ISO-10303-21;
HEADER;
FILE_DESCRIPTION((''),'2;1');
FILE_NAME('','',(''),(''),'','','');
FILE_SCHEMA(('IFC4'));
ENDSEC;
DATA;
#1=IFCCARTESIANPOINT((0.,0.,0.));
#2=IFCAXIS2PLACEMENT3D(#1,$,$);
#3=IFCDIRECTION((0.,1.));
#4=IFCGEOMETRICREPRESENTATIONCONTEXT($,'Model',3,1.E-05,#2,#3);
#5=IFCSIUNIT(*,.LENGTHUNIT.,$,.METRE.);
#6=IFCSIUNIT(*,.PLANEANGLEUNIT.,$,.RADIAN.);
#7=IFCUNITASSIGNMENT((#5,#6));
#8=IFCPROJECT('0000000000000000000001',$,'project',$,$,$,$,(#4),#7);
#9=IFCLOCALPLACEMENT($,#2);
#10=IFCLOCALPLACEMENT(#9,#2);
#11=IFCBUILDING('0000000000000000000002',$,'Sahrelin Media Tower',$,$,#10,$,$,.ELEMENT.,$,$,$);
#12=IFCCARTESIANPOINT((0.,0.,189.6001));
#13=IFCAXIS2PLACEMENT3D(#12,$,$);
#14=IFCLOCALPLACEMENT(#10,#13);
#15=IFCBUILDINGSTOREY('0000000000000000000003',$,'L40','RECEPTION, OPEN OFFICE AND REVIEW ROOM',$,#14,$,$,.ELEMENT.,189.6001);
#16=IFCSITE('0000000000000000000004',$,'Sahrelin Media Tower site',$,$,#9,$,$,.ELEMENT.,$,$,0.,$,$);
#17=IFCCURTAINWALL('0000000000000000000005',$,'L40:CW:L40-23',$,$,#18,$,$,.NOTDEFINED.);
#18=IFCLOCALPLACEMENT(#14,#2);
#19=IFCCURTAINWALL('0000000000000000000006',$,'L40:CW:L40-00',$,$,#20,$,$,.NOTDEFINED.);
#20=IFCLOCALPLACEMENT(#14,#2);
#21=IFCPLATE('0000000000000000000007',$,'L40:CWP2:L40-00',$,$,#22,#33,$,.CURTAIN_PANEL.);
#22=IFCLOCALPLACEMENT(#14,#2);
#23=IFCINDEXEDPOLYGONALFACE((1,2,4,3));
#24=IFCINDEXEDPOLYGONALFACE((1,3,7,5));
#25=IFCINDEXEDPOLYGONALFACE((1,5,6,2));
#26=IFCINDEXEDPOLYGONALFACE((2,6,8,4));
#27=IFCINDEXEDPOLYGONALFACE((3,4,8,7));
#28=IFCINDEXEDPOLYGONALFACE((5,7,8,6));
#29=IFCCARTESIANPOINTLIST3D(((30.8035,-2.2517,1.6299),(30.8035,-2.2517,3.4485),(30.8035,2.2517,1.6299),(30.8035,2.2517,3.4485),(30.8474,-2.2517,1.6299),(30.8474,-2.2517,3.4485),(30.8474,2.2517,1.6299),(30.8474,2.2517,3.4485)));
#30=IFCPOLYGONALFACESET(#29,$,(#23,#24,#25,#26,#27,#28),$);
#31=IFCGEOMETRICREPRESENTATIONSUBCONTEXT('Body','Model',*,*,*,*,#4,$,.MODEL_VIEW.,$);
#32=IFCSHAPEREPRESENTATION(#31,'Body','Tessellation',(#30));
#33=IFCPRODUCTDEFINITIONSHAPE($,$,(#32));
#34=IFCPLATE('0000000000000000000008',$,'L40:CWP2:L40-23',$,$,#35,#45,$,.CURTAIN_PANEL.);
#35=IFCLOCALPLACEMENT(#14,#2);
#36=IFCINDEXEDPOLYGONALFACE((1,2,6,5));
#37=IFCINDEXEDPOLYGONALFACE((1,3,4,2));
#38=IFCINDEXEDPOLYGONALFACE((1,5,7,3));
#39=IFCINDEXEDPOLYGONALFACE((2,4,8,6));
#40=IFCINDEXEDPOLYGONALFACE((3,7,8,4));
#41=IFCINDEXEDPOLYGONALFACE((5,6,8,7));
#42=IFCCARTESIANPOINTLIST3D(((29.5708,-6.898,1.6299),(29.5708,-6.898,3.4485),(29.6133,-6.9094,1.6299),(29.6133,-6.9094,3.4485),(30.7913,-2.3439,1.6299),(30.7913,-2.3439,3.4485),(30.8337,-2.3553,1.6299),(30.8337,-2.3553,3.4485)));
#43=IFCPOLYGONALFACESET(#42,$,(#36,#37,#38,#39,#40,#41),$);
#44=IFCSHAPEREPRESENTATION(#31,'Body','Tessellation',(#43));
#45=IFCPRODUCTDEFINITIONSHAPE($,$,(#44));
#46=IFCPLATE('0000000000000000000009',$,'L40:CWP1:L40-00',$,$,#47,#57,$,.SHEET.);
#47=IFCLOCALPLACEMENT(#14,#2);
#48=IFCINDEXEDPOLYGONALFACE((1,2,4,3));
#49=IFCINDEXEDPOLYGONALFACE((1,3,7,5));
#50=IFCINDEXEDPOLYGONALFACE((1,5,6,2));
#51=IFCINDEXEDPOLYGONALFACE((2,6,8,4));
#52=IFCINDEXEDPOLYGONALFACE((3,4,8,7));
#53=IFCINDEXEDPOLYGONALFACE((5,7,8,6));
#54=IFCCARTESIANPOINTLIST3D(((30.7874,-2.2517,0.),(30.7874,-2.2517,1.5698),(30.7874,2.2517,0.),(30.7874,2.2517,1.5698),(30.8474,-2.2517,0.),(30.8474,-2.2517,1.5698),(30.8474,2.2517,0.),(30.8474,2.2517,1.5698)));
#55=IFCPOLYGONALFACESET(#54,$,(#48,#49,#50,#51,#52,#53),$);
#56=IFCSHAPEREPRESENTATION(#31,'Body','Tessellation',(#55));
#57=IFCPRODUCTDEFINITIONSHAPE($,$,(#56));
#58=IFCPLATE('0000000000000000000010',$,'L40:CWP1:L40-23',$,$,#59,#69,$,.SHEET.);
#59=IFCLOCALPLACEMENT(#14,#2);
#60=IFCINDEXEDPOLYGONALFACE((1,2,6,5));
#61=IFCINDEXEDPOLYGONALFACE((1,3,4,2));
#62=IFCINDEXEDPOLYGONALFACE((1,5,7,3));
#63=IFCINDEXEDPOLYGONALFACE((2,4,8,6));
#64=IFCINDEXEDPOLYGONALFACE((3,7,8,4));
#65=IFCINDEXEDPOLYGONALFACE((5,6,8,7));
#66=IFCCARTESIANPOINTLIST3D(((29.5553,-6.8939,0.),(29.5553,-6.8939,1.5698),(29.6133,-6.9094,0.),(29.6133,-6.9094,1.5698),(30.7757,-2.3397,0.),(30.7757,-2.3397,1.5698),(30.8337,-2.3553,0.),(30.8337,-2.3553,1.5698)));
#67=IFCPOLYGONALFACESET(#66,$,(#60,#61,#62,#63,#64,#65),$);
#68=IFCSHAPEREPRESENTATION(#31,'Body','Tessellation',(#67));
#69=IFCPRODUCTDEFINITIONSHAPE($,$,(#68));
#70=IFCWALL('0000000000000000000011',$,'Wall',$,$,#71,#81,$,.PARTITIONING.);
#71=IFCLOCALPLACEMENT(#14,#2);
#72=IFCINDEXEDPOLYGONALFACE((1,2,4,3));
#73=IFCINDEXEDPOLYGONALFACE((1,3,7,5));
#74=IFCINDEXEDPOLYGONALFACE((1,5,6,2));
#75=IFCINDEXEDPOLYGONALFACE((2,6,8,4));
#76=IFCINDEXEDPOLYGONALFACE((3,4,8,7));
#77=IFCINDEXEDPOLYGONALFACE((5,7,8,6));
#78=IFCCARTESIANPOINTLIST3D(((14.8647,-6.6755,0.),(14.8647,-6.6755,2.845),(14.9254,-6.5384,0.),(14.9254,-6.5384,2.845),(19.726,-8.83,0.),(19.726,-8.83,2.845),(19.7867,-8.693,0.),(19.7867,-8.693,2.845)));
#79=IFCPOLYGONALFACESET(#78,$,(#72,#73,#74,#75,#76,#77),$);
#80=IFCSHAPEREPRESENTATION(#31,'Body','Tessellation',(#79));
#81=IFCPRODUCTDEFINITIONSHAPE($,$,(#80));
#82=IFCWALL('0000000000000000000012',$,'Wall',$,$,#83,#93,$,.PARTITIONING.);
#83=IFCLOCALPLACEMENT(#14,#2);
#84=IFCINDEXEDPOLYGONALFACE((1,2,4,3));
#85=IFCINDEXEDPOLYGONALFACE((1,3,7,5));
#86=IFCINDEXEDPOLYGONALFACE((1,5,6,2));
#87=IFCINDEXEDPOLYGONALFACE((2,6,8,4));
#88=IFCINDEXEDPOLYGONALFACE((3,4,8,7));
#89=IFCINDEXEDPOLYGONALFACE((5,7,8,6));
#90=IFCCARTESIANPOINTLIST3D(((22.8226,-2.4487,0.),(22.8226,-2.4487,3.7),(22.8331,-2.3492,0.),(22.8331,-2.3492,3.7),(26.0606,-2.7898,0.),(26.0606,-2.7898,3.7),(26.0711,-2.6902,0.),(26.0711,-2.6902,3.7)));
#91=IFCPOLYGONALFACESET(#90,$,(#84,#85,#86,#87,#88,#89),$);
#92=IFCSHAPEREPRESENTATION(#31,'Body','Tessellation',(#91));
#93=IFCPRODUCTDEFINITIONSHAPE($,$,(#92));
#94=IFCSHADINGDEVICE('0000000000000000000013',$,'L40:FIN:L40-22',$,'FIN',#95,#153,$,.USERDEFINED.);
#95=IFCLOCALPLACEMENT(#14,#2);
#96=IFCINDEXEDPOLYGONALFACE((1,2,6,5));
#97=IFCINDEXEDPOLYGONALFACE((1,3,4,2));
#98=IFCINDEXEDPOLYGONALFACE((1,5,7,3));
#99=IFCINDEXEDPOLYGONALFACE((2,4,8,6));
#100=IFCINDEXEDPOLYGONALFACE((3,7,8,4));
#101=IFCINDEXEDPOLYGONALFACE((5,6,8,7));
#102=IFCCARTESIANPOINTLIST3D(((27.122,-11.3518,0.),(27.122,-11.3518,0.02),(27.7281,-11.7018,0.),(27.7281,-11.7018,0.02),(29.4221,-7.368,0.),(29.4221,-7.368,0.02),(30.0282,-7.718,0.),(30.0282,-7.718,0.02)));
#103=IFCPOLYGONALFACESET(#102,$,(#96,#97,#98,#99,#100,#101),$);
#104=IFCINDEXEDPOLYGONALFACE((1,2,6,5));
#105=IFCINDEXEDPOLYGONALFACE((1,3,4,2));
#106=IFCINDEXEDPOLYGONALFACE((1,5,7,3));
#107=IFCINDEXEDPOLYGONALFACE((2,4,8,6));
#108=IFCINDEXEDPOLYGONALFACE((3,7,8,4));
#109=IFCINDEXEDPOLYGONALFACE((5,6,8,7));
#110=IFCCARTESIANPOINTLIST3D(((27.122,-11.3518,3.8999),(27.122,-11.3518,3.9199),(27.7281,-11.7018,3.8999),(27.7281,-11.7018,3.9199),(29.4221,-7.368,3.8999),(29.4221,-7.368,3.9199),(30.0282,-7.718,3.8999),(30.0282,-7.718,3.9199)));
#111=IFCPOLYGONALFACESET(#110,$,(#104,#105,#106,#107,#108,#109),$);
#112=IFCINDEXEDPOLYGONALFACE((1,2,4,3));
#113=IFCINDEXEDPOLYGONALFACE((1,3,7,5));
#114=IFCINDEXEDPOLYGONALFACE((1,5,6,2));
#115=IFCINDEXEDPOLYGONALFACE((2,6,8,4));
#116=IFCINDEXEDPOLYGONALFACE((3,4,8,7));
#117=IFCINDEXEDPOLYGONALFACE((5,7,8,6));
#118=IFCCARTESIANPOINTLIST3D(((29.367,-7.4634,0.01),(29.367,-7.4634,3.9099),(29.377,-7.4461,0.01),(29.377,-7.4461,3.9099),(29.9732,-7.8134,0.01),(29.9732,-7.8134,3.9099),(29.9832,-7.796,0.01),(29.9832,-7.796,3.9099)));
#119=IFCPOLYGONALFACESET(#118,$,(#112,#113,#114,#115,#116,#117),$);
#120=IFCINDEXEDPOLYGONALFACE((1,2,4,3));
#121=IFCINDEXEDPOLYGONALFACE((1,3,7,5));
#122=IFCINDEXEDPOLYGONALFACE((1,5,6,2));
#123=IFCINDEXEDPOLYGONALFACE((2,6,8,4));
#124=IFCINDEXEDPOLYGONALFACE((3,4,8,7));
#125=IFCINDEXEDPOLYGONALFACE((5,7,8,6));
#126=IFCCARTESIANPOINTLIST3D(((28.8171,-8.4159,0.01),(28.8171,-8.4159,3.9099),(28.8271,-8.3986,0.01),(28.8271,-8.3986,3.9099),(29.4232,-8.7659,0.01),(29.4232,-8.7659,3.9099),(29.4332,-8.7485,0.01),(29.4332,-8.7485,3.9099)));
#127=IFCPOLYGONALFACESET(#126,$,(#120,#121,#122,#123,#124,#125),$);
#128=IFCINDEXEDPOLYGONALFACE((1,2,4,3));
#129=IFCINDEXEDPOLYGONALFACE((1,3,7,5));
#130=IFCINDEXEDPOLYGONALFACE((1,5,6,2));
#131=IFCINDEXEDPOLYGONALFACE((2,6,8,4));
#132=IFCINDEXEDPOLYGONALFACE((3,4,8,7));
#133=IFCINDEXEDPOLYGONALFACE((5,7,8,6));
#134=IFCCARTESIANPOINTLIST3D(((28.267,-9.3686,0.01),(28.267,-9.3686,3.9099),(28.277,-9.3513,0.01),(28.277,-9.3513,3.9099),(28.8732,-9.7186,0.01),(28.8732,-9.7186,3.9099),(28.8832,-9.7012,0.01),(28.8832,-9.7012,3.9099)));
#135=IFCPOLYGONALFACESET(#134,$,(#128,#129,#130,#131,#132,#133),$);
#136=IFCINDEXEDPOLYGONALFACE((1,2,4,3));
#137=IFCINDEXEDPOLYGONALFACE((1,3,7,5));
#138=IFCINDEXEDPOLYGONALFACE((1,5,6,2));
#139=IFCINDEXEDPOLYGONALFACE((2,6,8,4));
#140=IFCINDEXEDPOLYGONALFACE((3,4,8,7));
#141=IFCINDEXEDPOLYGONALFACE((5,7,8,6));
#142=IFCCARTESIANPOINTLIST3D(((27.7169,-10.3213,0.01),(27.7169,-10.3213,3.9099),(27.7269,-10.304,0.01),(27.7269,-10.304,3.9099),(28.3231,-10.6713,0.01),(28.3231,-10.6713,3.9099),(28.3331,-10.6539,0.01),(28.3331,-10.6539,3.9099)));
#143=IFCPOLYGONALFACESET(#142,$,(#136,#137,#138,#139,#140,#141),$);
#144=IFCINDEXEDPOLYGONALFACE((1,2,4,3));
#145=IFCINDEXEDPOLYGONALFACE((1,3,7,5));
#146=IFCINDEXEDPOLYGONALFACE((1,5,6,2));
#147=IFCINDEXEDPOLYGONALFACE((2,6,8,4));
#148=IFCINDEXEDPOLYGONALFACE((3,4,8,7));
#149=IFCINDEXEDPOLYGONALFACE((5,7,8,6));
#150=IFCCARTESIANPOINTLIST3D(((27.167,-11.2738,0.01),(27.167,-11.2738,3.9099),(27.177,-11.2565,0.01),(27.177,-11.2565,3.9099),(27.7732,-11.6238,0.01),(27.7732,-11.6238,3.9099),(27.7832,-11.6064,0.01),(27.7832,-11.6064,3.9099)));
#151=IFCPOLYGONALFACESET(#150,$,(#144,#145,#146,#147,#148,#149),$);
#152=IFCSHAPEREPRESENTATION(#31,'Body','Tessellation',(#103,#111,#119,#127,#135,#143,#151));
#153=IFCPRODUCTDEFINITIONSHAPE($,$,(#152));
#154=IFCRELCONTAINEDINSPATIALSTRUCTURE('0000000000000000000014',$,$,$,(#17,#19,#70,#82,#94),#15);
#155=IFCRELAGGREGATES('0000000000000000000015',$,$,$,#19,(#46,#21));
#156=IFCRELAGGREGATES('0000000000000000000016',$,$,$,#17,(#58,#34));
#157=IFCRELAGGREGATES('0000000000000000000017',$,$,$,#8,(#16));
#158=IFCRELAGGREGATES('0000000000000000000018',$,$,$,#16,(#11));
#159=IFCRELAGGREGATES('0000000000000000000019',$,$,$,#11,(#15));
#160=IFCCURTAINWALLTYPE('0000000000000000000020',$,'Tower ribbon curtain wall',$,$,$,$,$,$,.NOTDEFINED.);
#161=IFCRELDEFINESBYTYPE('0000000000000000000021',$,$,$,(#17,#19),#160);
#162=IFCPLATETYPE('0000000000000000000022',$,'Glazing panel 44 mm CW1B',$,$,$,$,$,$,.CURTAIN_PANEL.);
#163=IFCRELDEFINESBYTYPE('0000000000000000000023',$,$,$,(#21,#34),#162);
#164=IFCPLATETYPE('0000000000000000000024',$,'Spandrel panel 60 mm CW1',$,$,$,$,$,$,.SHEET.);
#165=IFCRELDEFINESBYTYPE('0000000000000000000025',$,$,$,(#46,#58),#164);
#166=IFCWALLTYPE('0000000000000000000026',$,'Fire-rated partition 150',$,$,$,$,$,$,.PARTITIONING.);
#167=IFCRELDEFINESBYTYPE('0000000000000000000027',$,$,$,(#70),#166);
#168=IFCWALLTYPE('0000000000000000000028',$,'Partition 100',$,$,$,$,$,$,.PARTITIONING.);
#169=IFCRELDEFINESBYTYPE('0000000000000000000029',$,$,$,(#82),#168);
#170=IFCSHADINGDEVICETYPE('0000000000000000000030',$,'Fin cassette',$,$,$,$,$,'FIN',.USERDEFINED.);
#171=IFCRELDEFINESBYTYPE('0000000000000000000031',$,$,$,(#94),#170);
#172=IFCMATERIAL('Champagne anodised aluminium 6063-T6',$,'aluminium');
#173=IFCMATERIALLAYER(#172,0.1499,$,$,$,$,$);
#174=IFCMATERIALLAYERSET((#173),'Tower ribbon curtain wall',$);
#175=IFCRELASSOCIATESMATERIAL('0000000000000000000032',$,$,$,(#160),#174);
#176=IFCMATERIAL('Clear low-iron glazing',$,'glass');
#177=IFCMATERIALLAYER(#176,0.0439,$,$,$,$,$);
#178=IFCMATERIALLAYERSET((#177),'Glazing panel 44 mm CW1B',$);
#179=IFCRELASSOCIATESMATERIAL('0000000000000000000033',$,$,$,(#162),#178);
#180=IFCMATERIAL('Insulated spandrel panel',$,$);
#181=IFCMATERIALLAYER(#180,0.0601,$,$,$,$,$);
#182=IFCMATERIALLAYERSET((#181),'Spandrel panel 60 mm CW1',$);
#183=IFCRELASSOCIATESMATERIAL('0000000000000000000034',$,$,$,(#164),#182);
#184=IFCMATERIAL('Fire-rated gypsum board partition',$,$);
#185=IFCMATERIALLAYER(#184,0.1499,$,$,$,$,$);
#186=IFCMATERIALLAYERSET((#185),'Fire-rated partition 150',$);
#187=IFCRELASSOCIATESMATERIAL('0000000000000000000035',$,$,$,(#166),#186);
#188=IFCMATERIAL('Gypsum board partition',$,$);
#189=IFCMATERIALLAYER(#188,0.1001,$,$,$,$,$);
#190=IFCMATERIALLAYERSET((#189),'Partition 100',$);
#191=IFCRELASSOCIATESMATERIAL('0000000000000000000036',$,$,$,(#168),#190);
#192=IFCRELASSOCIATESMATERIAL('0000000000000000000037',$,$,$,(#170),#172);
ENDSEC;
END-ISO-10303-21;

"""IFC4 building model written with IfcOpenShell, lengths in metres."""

from ifc_helpers import new_model, si_unit, direction, frame, frame_2d, origin, origin_2d, place, context, subcontext, project, spatial, polyline, rectangle, outline, extrude, material, layer, layer_set, type_object, element, aggregate, save


model = new_model("IFC4")

# Units and contexts
model_context = context("Model", 3, precision=1e-05, world=origin(), true_north=direction((0.0, 1.0)))
body_context = subcontext(model_context, "Body", "Model", "MODEL_VIEW")
ifc_project = project(units=[si_unit("LENGTHUNIT", "METRE"), si_unit("PLANEANGLEUNIT", "RADIAN")], contexts=[model_context])

# Site, building, storey
site_placement = place(None, origin())
site = spatial("IfcSite", under=ifc_project, at=site_placement, Name="Sahrelin Media Tower site", CompositionType="ELEMENT", RefElevation=0.0)
building_placement = place(site_placement, origin())
building = spatial("IfcBuilding", under=site, at=building_placement, Name="Sahrelin Media Tower", CompositionType="ELEMENT")
storey_placement = place(building_placement, frame((0.0, 0.0, 189.6001)))
storey = spatial("IfcBuildingStorey", under=building, at=storey_placement, Name="L40", Description="RECEPTION, OPEN OFFICE AND REVIEW ROOM", CompositionType="ELEMENT", Elevation=189.6001)

# Curtain wall
ifc_material_1 = material(Name="Champagne anodised aluminium 6063-T6", Category="aluminium")
ifc_layer_1 = layer(ifc_material_1, 0.1499)
ifc_layer_set_1 = layer_set([ifc_layer_1], Name="Tower ribbon curtain wall")
curtain_wall_type = type_object("IfcCurtainWallType", Name="Tower ribbon curtain wall", PredefinedType="NOTDEFINED", material=ifc_layer_set_1)
curtain_wall_1_placement = place(storey_placement, frame((30.2041, -4.6272, 0.0), z_axis=(0.0, 0.0, 1.0), x_axis=(1.0, 0.0, 0.0)))
curtain_wall_1 = element("IfcCurtainWall", 1, at=curtain_wall_1_placement, inside=storey, type_object=curtain_wall_type, Name="L40:CW:L40-23", PredefinedType="NOTDEFINED")

# Curtain wall
curtain_wall_2_placement = place(storey_placement, frame((30.8274, 0.0, 0.0), z_axis=(0.0, 0.0, 1.0), x_axis=(1.0, 0.0, 0.0)))
curtain_wall_2 = element("IfcCurtainWall", 2, at=curtain_wall_2_placement, inside=storey, type_object=curtain_wall_type, Name="L40:CW:L40-00", PredefinedType="NOTDEFINED")

# Plates
ifc_material_2 = material(Name="Clear low-iron glazing", Category="glass")
ifc_layer_2 = layer(ifc_material_2, 0.0439)
ifc_layer_set_2 = layer_set([ifc_layer_2], Name="Glazing panel 44 mm CW1B")
plate_type_1 = type_object("IfcPlateType", Name="Glazing panel 44 mm CW1B", PredefinedType="CURTAIN_PANEL", material=ifc_layer_set_2)
plate_1_placement = place(storey_placement, frame((30.8474, -2.2517, 1.6299), z_axis=(1.0, 0.0, 0.0), x_axis=(0.0, 1.0, 0.0)))
plate_1 = element("IfcPlate", 3, at=plate_1_placement, type_object=plate_type_1, Name="L40:CWP2:L40-00", PredefinedType="CURTAIN_PANEL", context=body_context, shape_type="SweptSolid", body=[
    extrude(outline(polyline([(0.0, 0.0), (4.5034, 0.0), (4.5034, 1.8186), (0.0, 1.8186), (0.0, 0.0)])), origin(), (0.0, 0.0, -1.0), 0.0439),
])
plate_2_placement = place(storey_placement, frame((29.6133, -6.9094, 1.6299), z_axis=(0.965917, -0.258852, 0.0), x_axis=(0.258852, 0.965917, 0.0)))
plate_2 = element("IfcPlate", 4, at=plate_2_placement, type_object=plate_type_1, Name="L40:CWP2:L40-23", PredefinedType="CURTAIN_PANEL", context=body_context, shape_type="SweptSolid", body=[
    extrude(outline(polyline([(0.0, 0.0), (4.7148, 0.0), (4.7148, 1.8186), (0.0, 1.8186), (0.0, 0.0)])), origin(), (0.0, 0.0, -1.0), 0.0439),
])
ifc_material_3 = material(Name="Insulated spandrel panel")
ifc_layer_3 = layer(ifc_material_3, 0.0601)
ifc_layer_set_3 = layer_set([ifc_layer_3], Name="Spandrel panel 60 mm CW1")
plate_type_2 = type_object("IfcPlateType", Name="Spandrel panel 60 mm CW1", PredefinedType="SHEET", material=ifc_layer_set_3)
plate_3_placement = place(storey_placement, frame((30.8474, -2.2517, 0.0), z_axis=(1.0, 0.0, 0.0), x_axis=(0.0, 1.0, 0.0)))
plate_3 = element("IfcPlate", 5, at=plate_3_placement, type_object=plate_type_2, Name="L40:CWP1:L40-00", PredefinedType="SHEET", context=body_context, shape_type="SweptSolid", body=[
    extrude(outline(polyline([(0.0, 0.0), (4.5034, 0.0), (4.5034, 1.5698), (0.0, 1.5698), (0.0, 0.0)])), origin(), (0.0, 0.0, -1.0), 0.0601),
])
aggregate(curtain_wall_2, [plate_3, plate_1])
plate_4_placement = place(storey_placement, frame((29.6133, -6.9094, 0.0), z_axis=(0.965917, -0.258852, 0.0), x_axis=(0.258852, 0.965917, 0.0)))
plate_4 = element("IfcPlate", 6, at=plate_4_placement, type_object=plate_type_2, Name="L40:CWP1:L40-23", PredefinedType="SHEET", context=body_context, shape_type="SweptSolid", body=[
    extrude(outline(polyline([(0.0, 0.0), (4.7148, 0.0), (4.7148, 1.5698), (0.0, 1.5698), (0.0, 0.0)])), origin(), (0.0, 0.0, -1.0), 0.0601),
])
aggregate(curtain_wall_1, [plate_4, plate_2])

# Walls
ifc_material_4 = material(Name="Fire-rated gypsum board partition")
ifc_layer_4 = layer(ifc_material_4, 0.1499)
ifc_layer_set_4 = layer_set([ifc_layer_4], Name="Fire-rated partition 150")
wall_type_1 = type_object("IfcWallType", Name="Fire-rated partition 150", PredefinedType="PARTITIONING", material=ifc_layer_set_4)
wall_1_placement = place(storey_placement, frame((14.895, -6.6069, 0.0), z_axis=(0.0, 0.0, 1.0), x_axis=(0.914233, -0.405188, 0.0)))
element("IfcWall", 7, at=wall_1_placement, inside=storey, type_object=wall_type_1, Name="Wall", PredefinedType="PARTITIONING", context=body_context, shape_type="SweptSolid", body=[
    extrude(rectangle(XDim=5.3174, YDim=0.1499, at=frame_2d((2.6587, 0.0))), origin(), (0.0, 0.0, 1.0), 2.845),
])
ifc_material_5 = material(Name="Gypsum board partition")
ifc_layer_5 = layer(ifc_material_5, 0.1001)
ifc_layer_set_5 = layer_set([ifc_layer_5], Name="Partition 100")
wall_type_2 = type_object("IfcWallType", Name="Partition 100", PredefinedType="PARTITIONING", material=ifc_layer_set_5)
wall_2_placement = place(storey_placement, frame((22.8279, -2.3989, 0.0), z_axis=(0.0, 0.0, 1.0), x_axis=(0.994498, -0.104751, 0.0)))
element("IfcWall", 8, at=wall_2_placement, inside=storey, type_object=wall_type_2, Name="Wall", PredefinedType="PARTITIONING", context=body_context, shape_type="SweptSolid", body=[
    extrude(rectangle(XDim=3.2559, YDim=0.1001, at=frame_2d((1.6279, 0.0))), origin(), (0.0, 0.0, 1.0), 3.7),
])

# Shading device
shading_device_type_1 = type_object("IfcShadingDeviceType", Name="Fin cassette", ElementType="FIN", PredefinedType="USERDEFINED", material=ifc_material_1)
placement_1 = place(storey_placement, frame((28.2114, -9.325, 0.0), z_axis=(0.0, 0.0, 1.0), x_axis=(-0.500011, -0.866019, 0.0)))
element("IfcShadingDevice", 9, at=placement_1, inside=storey, type_object=shading_device_type_1, Name="L40:FIN:L40-22", ObjectType="FIN", PredefinedType="USERDEFINED", context=body_context, shape_type="SweptSolid", body=[
    extrude(rectangle(XDim=4.6001, YDim=0.7, at=origin_2d()), frame((0.0, 0.4199, 0.0)), (0.0, 0.0, 1.0), 0.02),
    extrude(rectangle(XDim=4.6001, YDim=0.7, at=origin_2d()), frame((0.0, 0.4199, 3.8999)), (0.0, 0.0, 1.0), 0.02),
    extrude(rectangle(XDim=0.02, YDim=0.7, at=origin_2d()), frame((-2.2, 0.4199, 0.01), z_axis=(0.0, 0.0, 1.0), x_axis=(1.0, 0.0, 0.0)), (0.0, 0.0, 1.0), 3.8999),
    extrude(rectangle(XDim=0.02, YDim=0.7, at=origin_2d()), frame((-1.1001, 0.4199, 0.01), z_axis=(0.0, 0.0, 1.0), x_axis=(1.0, 0.0, 0.0)), (0.0, 0.0, 1.0), 3.8999),
    extrude(rectangle(XDim=0.02, YDim=0.7, at=origin_2d()), frame((0.0, 0.4199, 0.01), z_axis=(0.0, 0.0, 1.0), x_axis=(1.0, 0.0, 0.0)), (0.0, 0.0, 1.0), 3.8999),
    extrude(rectangle(XDim=0.02, YDim=0.7, at=origin_2d()), frame((1.1001, 0.4199, 0.01), z_axis=(0.0, 0.0, 1.0), x_axis=(1.0, 0.0, 0.0)), (0.0, 0.0, 1.0), 3.8999),
    extrude(rectangle(XDim=0.02, YDim=0.7, at=origin_2d()), frame((2.2, 0.4199, 0.01), z_axis=(0.0, 0.0, 1.0), x_axis=(1.0, 0.0, 0.0)), (0.0, 0.0, 1.0), 3.8999),
])

save(model, "model.ifc")
